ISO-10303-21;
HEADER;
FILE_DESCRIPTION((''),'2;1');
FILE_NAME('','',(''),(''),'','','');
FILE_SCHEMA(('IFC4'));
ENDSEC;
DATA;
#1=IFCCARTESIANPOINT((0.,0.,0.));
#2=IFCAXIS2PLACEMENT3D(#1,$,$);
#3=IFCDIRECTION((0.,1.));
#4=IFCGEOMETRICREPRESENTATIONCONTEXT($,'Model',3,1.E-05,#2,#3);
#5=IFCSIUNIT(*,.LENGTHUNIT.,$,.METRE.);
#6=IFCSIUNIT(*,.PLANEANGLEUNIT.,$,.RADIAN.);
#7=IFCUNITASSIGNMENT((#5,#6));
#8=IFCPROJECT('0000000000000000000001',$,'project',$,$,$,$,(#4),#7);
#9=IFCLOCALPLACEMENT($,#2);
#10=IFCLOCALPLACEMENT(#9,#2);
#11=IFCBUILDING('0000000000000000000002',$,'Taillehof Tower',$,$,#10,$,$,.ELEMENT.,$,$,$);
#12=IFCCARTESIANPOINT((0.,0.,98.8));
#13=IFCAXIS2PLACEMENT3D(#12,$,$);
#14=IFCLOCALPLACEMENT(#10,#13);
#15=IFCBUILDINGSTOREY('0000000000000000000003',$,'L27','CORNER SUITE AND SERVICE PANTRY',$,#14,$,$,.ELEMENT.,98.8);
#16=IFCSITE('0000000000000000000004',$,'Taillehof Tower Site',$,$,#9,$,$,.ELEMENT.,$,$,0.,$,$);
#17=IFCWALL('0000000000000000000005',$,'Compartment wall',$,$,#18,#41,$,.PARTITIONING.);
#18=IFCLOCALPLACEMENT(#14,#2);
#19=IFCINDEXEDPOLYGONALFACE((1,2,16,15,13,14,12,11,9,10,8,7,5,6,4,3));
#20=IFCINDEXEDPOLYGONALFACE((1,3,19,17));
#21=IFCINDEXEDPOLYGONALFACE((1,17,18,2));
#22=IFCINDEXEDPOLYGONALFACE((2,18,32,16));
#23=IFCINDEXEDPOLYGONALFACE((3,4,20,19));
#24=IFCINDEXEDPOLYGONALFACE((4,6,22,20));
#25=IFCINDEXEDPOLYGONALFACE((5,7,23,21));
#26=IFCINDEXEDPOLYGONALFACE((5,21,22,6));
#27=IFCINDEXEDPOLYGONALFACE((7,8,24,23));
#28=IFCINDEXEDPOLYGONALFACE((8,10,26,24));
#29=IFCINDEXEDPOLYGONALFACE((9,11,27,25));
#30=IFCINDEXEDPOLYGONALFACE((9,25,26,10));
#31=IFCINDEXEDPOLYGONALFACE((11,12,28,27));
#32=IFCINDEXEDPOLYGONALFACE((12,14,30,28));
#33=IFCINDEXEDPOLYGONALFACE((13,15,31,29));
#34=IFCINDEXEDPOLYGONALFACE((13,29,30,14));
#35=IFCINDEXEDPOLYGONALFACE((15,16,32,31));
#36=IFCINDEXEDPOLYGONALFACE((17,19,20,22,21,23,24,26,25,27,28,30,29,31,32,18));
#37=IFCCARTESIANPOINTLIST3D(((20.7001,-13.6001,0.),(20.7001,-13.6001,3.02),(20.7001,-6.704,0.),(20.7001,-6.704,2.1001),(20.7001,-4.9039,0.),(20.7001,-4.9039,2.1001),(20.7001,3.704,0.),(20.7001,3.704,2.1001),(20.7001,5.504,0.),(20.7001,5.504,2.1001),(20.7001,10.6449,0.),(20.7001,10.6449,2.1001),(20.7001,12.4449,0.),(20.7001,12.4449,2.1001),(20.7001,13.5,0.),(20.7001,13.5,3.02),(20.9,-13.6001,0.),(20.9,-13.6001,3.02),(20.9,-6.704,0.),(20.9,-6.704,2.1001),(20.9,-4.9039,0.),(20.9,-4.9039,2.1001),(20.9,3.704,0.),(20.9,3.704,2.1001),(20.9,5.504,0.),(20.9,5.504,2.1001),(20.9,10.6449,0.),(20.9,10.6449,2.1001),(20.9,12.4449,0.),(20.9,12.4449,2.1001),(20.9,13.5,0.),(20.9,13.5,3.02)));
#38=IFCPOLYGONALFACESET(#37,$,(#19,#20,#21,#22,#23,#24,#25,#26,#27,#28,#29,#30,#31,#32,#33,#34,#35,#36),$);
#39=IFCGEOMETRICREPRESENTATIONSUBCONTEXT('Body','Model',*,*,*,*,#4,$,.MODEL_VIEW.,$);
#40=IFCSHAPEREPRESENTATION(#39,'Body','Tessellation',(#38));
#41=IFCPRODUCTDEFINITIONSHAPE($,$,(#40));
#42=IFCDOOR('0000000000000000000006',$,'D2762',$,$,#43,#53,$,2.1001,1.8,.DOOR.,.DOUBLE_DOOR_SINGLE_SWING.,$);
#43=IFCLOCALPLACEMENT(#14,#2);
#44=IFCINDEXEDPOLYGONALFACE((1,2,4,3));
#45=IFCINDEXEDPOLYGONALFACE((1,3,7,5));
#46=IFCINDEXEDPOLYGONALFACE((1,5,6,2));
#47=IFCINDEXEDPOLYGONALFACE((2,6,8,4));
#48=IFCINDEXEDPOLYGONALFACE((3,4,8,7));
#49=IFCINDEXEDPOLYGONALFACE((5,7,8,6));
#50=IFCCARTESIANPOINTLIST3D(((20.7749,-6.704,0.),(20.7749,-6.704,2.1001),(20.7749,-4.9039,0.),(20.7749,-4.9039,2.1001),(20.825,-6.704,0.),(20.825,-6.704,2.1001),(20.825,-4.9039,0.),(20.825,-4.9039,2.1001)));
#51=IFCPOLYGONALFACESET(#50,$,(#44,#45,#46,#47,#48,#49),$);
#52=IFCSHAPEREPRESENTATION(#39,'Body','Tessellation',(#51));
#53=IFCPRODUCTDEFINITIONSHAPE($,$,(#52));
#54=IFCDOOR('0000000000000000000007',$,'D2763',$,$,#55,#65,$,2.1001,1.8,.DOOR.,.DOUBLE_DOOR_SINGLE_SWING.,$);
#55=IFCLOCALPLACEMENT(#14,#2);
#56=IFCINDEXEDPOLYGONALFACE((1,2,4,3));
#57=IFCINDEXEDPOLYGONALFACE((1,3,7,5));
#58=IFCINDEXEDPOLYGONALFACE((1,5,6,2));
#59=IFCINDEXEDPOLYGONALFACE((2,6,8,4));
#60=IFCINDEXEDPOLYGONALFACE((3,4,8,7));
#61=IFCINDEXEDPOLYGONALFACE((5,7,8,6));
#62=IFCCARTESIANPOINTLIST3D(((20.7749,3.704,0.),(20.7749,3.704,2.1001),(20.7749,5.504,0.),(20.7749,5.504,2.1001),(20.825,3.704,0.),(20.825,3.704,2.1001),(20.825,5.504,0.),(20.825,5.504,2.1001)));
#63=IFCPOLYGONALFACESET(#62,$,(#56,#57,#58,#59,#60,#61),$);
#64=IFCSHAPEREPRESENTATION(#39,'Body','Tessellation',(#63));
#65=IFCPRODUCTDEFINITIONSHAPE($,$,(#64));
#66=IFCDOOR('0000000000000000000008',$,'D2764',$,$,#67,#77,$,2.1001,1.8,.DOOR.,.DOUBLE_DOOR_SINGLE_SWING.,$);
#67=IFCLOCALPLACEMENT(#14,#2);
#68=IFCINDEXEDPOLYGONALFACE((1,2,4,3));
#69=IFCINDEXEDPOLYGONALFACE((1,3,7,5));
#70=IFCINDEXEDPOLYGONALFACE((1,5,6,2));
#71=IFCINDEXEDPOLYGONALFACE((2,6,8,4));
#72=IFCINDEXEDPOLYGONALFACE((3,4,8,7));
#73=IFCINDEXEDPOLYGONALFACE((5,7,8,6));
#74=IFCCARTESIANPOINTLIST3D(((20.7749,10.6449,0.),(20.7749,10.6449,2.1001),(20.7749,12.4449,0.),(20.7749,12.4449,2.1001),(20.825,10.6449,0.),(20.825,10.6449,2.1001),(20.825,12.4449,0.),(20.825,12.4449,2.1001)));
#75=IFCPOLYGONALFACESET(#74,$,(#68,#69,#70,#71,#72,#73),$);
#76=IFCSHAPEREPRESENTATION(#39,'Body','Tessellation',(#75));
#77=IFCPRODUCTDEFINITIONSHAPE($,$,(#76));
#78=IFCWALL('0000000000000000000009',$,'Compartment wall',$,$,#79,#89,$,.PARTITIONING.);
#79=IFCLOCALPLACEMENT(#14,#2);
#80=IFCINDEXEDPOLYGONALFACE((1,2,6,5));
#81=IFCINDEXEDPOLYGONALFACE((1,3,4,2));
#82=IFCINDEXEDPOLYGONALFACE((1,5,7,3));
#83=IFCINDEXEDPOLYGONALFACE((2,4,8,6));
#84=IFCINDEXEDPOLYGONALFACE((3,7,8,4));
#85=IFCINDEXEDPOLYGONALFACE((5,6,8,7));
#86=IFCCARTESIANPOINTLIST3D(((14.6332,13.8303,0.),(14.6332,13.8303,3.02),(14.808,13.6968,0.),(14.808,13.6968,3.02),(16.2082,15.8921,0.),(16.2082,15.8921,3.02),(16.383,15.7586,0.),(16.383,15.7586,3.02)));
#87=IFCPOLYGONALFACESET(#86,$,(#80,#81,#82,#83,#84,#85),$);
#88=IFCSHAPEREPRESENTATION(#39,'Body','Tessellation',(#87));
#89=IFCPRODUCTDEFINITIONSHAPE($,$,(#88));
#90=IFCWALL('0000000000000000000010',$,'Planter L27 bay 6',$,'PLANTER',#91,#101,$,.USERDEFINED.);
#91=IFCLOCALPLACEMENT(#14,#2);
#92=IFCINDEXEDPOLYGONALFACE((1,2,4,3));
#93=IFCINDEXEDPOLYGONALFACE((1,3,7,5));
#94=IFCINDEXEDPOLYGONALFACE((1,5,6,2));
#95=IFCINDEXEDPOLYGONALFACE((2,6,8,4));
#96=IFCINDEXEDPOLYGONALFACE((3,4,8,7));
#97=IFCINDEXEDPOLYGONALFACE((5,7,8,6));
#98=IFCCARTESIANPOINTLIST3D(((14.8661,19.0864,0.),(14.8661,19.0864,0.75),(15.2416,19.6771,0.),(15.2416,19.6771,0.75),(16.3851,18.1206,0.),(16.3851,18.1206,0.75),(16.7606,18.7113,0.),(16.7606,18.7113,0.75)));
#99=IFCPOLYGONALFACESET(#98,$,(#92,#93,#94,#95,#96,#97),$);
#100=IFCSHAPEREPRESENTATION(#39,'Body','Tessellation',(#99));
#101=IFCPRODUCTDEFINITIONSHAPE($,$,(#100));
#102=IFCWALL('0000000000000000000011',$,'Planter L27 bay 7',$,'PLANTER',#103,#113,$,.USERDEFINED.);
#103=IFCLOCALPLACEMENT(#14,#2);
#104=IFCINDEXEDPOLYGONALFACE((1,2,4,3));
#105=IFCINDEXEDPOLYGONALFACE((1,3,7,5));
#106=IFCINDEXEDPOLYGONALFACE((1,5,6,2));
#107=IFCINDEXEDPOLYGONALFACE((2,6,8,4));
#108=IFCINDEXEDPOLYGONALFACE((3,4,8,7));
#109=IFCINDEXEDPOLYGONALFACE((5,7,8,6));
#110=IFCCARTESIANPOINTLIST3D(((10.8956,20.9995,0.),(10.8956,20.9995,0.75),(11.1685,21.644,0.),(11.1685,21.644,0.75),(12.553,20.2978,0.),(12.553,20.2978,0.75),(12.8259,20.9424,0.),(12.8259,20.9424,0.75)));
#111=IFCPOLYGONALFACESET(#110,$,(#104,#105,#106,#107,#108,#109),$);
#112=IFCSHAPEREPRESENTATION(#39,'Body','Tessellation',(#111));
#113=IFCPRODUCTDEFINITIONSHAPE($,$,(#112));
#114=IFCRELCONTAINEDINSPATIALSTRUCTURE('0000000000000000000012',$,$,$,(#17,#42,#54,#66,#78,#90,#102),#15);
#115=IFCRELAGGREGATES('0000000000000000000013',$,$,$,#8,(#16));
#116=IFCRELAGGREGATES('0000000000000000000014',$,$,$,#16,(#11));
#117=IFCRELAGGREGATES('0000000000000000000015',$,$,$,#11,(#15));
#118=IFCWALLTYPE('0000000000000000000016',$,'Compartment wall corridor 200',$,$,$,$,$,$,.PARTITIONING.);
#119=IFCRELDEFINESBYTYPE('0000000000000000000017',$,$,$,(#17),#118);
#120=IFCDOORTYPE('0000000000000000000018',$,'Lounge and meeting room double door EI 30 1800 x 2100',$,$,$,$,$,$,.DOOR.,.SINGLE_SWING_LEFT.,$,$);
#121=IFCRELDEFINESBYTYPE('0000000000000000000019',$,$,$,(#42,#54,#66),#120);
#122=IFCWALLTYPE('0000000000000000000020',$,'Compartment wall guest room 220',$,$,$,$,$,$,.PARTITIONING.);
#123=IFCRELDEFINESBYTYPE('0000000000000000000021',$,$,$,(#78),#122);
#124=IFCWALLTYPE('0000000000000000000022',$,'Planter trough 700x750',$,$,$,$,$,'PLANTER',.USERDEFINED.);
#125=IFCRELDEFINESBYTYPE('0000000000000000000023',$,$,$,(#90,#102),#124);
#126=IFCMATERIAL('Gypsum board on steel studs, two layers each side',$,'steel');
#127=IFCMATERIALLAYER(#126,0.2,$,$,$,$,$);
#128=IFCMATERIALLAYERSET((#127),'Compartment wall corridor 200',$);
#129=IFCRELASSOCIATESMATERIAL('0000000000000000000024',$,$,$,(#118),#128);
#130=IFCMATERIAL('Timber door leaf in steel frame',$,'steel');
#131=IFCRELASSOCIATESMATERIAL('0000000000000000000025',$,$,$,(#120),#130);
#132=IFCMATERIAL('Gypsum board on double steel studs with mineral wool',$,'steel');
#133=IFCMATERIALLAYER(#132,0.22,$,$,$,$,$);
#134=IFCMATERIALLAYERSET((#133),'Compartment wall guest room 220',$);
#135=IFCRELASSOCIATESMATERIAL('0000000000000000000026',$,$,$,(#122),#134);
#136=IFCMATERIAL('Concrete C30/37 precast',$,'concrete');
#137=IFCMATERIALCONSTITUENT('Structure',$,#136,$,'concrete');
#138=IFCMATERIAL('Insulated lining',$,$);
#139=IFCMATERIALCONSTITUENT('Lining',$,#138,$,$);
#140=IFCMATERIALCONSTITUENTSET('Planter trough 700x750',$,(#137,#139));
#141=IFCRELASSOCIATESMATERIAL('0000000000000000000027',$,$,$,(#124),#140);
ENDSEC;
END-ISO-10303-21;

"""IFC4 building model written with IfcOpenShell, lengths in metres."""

from ifc_helpers import new_model, si_unit, direction, frame, frame_2d, origin, place, context, subcontext, project, spatial, rectangle, extrude, material, layer, layer_set, constituent, constituent_set, type_object, element, fill, save


model = new_model("IFC4")

# Units and contexts
model_context = context("Model", 3, precision=1e-05, world=origin(), true_north=direction((0.0, 1.0)))
body_context = subcontext(model_context, "Body", "Model", "MODEL_VIEW")
ifc_project = project(units=[si_unit("LENGTHUNIT", "METRE"), si_unit("PLANEANGLEUNIT", "RADIAN")], contexts=[model_context])

# Site, building, storey
site_placement = place(None, origin())
site = spatial("IfcSite", under=ifc_project, at=site_placement, Name="Taillehof Tower Site", CompositionType="ELEMENT", RefElevation=0.0)
building_placement = place(site_placement, origin())
building = spatial("IfcBuilding", under=site, at=building_placement, Name="Taillehof Tower", CompositionType="ELEMENT")
storey_placement = place(building_placement, frame((0.0, 0.0, 98.8)))
storey = spatial("IfcBuildingStorey", under=building, at=storey_placement, Name="L27", Description="CORNER SUITE AND SERVICE PANTRY", CompositionType="ELEMENT", Elevation=98.8)

# Wall, openings, doors
ifc_material_1 = material(Name="Gypsum board on steel studs, two layers each side", Category="steel")
ifc_layer_1 = layer(ifc_material_1, 0.2)
ifc_layer_set_1 = layer_set([ifc_layer_1], Name="Compartment wall corridor 200")
wall_type_1 = type_object("IfcWallType", Name="Compartment wall corridor 200", PredefinedType="PARTITIONING", material=ifc_layer_set_1)
wall_1_placement = place(storey_placement, frame((20.8, 13.5, 0.0), z_axis=(0.0, 0.0, 1.0), x_axis=(0.0, -1.0, 0.0)))
wall_1 = element("IfcWall", 1, at=wall_1_placement, inside=storey, type_object=wall_type_1, Name="Compartment wall", PredefinedType="PARTITIONING", context=body_context, shape_type="SweptSolid", body=[
    extrude(rectangle(XDim=27.1001, YDim=0.2, at=frame_2d((13.55, 0.0))), origin(), (0.0, 0.0, 1.0), 3.02),
])
opening_1_placement = place(wall_1_placement, frame((18.4041, 0.0, 0.0)))
opening_1 = element("IfcOpeningElement", 2, at=opening_1_placement, cuts=wall_1, PredefinedType="OPENING", context=body_context, shape_type="SweptSolid", body=[
    extrude(rectangle(XDim=1.8, YDim=2.1001, at=frame_2d((0.8999, 1.05))), frame((0.0, 0.1099, 0.0), z_axis=(0.0, -1.0, 0.0), x_axis=(1.0, 0.0, 0.0)), (0.0, 0.0, 1.0), 0.22),
])
opening_2_placement = place(wall_1_placement, frame((7.9961, 0.0, 0.0)))
opening_2 = element("IfcOpeningElement", 3, at=opening_2_placement, cuts=wall_1, PredefinedType="OPENING", context=body_context, shape_type="SweptSolid", body=[
    extrude(rectangle(XDim=1.8, YDim=2.1001, at=frame_2d((0.8999, 1.05))), frame((0.0, 0.1099, 0.0), z_axis=(0.0, -1.0, 0.0), x_axis=(1.0, 0.0, 0.0)), (0.0, 0.0, 1.0), 0.22),
])
opening_3_placement = place(wall_1_placement, frame((1.0552, 0.0, 0.0)))
opening_3 = element("IfcOpeningElement", 4, at=opening_3_placement, cuts=wall_1, PredefinedType="OPENING", context=body_context, shape_type="SweptSolid", body=[
    extrude(rectangle(XDim=1.8, YDim=2.1001, at=frame_2d((0.8999, 1.05))), frame((0.0, 0.1099, 0.0), z_axis=(0.0, -1.0, 0.0), x_axis=(1.0, 0.0, 0.0)), (0.0, 0.0, 1.0), 0.22),
])
ifc_material_2 = material(Name="Timber door leaf in steel frame", Category="steel")
door_type_1 = type_object("IfcDoorType", Name="Lounge and meeting room double door EI 30 1800 x 2100", OperationType="SINGLE_SWING_LEFT", PredefinedType="DOOR", material=ifc_material_2)
door_1_placement = place(opening_1_placement, origin())
door_1 = element("IfcDoor", 5, at=door_1_placement, inside=storey, type_object=door_type_1, Name="D2762", OperationType="DOUBLE_DOOR_SINGLE_SWING", OverallHeight=2.1001, OverallWidth=1.8, PredefinedType="DOOR", context=body_context, shape_type="SweptSolid", body=[
    extrude(rectangle(XDim=1.8, YDim=2.1001, at=frame_2d((0.8999, 1.05))), frame((0.0, 0.0249, 0.0), z_axis=(0.0, -1.0, 0.0), x_axis=(1.0, 0.0, 0.0)), (0.0, 0.0, 1.0), 0.05),
])
fill(opening_1, door_1)
door_2_placement = place(opening_2_placement, origin())
door_2 = element("IfcDoor", 6, at=door_2_placement, inside=storey, type_object=door_type_1, Name="D2763", OperationType="DOUBLE_DOOR_SINGLE_SWING", OverallHeight=2.1001, OverallWidth=1.8, PredefinedType="DOOR", context=body_context, shape_type="SweptSolid", body=[
    extrude(rectangle(XDim=1.8, YDim=2.1001, at=frame_2d((0.8999, 1.05))), frame((0.0, 0.0249, 0.0), z_axis=(0.0, -1.0, 0.0), x_axis=(1.0, 0.0, 0.0)), (0.0, 0.0, 1.0), 0.05),
])
fill(opening_2, door_2)
door_3_placement = place(opening_3_placement, origin())
door_3 = element("IfcDoor", 7, at=door_3_placement, inside=storey, type_object=door_type_1, Name="D2764", OperationType="DOUBLE_DOOR_SINGLE_SWING", OverallHeight=2.1001, OverallWidth=1.8, PredefinedType="DOOR", context=body_context, shape_type="SweptSolid", body=[
    extrude(rectangle(XDim=1.8, YDim=2.1001, at=frame_2d((0.8999, 1.05))), frame((0.0, 0.0249, 0.0), z_axis=(0.0, -1.0, 0.0), x_axis=(1.0, 0.0, 0.0)), (0.0, 0.0, 1.0), 0.05),
])
fill(opening_3, door_3)

# Walls
ifc_material_3 = material(Name="Gypsum board on double steel studs with mineral wool", Category="steel")
ifc_layer_2 = layer(ifc_material_3, 0.22)
ifc_layer_set_2 = layer_set([ifc_layer_2], Name="Compartment wall guest room 220")
wall_type_2 = type_object("IfcWallType", Name="Compartment wall guest room 220", PredefinedType="PARTITIONING", material=ifc_layer_set_2)
wall_2_placement = place(storey_placement, frame((16.2957, 15.8254, 0.0), z_axis=(0.0, 0.0, 1.0), x_axis=(-0.607038, -0.794673, 0.0)))
element("IfcWall", 8, at=wall_2_placement, inside=storey, type_object=wall_type_2, Name="Compartment wall", PredefinedType="PARTITIONING", context=body_context, shape_type="SweptSolid", body=[
    extrude(rectangle(XDim=2.5945, YDim=0.22, at=frame_2d((1.2974, 0.0))), origin(), (0.0, 0.0, 1.0), 3.02),
])
ifc_material_4 = material(Name="Concrete C30/37 precast", Category="concrete")
ifc_constituent_1 = constituent(ifc_material_4, Name="Structure", Category="concrete")
ifc_material_5 = material(Name="Insulated lining")
ifc_constituent_2 = constituent(ifc_material_5, Name="Lining")
ifc_constituent_set = constituent_set(constituents=[ifc_constituent_1, ifc_constituent_2], Name="Planter trough 700x750")
wall_type_3 = type_object("IfcWallType", Name="Planter trough 700x750", ElementType="PLANTER", PredefinedType="USERDEFINED", material=ifc_constituent_set)
wall_3_placement = place(storey_placement, frame((16.5728, 18.416, 0.0), z_axis=(0.0, 0.0, 1.0), x_axis=(-0.843874, 0.536542, 0.0)))
element("IfcWall", 9, at=wall_3_placement, inside=storey, type_object=wall_type_3, Name="Planter L27 bay 6", ObjectType="PLANTER", PredefinedType="USERDEFINED", context=body_context, shape_type="SweptSolid", body=[
    extrude(rectangle(XDim=1.8, YDim=0.7, at=frame_2d((0.8999, 0.0))), origin(), (0.0, 0.0, 1.0), 0.75),
])
wall_4_placement = place(storey_placement, frame((12.6895, 20.6201, 0.0), z_axis=(0.0, 0.0, 1.0), x_axis=(-0.920883, 0.389839, 0.0)))
element("IfcWall", 10, at=wall_4_placement, inside=storey, type_object=wall_type_3, Name="Planter L27 bay 7", ObjectType="PLANTER", PredefinedType="USERDEFINED", context=body_context, shape_type="SweptSolid", body=[
    extrude(rectangle(XDim=1.7998, YDim=0.7, at=frame_2d((0.8999, 0.0))), origin(), (0.0, 0.0, 1.0), 0.75),
])

save(model, "model.ifc")
